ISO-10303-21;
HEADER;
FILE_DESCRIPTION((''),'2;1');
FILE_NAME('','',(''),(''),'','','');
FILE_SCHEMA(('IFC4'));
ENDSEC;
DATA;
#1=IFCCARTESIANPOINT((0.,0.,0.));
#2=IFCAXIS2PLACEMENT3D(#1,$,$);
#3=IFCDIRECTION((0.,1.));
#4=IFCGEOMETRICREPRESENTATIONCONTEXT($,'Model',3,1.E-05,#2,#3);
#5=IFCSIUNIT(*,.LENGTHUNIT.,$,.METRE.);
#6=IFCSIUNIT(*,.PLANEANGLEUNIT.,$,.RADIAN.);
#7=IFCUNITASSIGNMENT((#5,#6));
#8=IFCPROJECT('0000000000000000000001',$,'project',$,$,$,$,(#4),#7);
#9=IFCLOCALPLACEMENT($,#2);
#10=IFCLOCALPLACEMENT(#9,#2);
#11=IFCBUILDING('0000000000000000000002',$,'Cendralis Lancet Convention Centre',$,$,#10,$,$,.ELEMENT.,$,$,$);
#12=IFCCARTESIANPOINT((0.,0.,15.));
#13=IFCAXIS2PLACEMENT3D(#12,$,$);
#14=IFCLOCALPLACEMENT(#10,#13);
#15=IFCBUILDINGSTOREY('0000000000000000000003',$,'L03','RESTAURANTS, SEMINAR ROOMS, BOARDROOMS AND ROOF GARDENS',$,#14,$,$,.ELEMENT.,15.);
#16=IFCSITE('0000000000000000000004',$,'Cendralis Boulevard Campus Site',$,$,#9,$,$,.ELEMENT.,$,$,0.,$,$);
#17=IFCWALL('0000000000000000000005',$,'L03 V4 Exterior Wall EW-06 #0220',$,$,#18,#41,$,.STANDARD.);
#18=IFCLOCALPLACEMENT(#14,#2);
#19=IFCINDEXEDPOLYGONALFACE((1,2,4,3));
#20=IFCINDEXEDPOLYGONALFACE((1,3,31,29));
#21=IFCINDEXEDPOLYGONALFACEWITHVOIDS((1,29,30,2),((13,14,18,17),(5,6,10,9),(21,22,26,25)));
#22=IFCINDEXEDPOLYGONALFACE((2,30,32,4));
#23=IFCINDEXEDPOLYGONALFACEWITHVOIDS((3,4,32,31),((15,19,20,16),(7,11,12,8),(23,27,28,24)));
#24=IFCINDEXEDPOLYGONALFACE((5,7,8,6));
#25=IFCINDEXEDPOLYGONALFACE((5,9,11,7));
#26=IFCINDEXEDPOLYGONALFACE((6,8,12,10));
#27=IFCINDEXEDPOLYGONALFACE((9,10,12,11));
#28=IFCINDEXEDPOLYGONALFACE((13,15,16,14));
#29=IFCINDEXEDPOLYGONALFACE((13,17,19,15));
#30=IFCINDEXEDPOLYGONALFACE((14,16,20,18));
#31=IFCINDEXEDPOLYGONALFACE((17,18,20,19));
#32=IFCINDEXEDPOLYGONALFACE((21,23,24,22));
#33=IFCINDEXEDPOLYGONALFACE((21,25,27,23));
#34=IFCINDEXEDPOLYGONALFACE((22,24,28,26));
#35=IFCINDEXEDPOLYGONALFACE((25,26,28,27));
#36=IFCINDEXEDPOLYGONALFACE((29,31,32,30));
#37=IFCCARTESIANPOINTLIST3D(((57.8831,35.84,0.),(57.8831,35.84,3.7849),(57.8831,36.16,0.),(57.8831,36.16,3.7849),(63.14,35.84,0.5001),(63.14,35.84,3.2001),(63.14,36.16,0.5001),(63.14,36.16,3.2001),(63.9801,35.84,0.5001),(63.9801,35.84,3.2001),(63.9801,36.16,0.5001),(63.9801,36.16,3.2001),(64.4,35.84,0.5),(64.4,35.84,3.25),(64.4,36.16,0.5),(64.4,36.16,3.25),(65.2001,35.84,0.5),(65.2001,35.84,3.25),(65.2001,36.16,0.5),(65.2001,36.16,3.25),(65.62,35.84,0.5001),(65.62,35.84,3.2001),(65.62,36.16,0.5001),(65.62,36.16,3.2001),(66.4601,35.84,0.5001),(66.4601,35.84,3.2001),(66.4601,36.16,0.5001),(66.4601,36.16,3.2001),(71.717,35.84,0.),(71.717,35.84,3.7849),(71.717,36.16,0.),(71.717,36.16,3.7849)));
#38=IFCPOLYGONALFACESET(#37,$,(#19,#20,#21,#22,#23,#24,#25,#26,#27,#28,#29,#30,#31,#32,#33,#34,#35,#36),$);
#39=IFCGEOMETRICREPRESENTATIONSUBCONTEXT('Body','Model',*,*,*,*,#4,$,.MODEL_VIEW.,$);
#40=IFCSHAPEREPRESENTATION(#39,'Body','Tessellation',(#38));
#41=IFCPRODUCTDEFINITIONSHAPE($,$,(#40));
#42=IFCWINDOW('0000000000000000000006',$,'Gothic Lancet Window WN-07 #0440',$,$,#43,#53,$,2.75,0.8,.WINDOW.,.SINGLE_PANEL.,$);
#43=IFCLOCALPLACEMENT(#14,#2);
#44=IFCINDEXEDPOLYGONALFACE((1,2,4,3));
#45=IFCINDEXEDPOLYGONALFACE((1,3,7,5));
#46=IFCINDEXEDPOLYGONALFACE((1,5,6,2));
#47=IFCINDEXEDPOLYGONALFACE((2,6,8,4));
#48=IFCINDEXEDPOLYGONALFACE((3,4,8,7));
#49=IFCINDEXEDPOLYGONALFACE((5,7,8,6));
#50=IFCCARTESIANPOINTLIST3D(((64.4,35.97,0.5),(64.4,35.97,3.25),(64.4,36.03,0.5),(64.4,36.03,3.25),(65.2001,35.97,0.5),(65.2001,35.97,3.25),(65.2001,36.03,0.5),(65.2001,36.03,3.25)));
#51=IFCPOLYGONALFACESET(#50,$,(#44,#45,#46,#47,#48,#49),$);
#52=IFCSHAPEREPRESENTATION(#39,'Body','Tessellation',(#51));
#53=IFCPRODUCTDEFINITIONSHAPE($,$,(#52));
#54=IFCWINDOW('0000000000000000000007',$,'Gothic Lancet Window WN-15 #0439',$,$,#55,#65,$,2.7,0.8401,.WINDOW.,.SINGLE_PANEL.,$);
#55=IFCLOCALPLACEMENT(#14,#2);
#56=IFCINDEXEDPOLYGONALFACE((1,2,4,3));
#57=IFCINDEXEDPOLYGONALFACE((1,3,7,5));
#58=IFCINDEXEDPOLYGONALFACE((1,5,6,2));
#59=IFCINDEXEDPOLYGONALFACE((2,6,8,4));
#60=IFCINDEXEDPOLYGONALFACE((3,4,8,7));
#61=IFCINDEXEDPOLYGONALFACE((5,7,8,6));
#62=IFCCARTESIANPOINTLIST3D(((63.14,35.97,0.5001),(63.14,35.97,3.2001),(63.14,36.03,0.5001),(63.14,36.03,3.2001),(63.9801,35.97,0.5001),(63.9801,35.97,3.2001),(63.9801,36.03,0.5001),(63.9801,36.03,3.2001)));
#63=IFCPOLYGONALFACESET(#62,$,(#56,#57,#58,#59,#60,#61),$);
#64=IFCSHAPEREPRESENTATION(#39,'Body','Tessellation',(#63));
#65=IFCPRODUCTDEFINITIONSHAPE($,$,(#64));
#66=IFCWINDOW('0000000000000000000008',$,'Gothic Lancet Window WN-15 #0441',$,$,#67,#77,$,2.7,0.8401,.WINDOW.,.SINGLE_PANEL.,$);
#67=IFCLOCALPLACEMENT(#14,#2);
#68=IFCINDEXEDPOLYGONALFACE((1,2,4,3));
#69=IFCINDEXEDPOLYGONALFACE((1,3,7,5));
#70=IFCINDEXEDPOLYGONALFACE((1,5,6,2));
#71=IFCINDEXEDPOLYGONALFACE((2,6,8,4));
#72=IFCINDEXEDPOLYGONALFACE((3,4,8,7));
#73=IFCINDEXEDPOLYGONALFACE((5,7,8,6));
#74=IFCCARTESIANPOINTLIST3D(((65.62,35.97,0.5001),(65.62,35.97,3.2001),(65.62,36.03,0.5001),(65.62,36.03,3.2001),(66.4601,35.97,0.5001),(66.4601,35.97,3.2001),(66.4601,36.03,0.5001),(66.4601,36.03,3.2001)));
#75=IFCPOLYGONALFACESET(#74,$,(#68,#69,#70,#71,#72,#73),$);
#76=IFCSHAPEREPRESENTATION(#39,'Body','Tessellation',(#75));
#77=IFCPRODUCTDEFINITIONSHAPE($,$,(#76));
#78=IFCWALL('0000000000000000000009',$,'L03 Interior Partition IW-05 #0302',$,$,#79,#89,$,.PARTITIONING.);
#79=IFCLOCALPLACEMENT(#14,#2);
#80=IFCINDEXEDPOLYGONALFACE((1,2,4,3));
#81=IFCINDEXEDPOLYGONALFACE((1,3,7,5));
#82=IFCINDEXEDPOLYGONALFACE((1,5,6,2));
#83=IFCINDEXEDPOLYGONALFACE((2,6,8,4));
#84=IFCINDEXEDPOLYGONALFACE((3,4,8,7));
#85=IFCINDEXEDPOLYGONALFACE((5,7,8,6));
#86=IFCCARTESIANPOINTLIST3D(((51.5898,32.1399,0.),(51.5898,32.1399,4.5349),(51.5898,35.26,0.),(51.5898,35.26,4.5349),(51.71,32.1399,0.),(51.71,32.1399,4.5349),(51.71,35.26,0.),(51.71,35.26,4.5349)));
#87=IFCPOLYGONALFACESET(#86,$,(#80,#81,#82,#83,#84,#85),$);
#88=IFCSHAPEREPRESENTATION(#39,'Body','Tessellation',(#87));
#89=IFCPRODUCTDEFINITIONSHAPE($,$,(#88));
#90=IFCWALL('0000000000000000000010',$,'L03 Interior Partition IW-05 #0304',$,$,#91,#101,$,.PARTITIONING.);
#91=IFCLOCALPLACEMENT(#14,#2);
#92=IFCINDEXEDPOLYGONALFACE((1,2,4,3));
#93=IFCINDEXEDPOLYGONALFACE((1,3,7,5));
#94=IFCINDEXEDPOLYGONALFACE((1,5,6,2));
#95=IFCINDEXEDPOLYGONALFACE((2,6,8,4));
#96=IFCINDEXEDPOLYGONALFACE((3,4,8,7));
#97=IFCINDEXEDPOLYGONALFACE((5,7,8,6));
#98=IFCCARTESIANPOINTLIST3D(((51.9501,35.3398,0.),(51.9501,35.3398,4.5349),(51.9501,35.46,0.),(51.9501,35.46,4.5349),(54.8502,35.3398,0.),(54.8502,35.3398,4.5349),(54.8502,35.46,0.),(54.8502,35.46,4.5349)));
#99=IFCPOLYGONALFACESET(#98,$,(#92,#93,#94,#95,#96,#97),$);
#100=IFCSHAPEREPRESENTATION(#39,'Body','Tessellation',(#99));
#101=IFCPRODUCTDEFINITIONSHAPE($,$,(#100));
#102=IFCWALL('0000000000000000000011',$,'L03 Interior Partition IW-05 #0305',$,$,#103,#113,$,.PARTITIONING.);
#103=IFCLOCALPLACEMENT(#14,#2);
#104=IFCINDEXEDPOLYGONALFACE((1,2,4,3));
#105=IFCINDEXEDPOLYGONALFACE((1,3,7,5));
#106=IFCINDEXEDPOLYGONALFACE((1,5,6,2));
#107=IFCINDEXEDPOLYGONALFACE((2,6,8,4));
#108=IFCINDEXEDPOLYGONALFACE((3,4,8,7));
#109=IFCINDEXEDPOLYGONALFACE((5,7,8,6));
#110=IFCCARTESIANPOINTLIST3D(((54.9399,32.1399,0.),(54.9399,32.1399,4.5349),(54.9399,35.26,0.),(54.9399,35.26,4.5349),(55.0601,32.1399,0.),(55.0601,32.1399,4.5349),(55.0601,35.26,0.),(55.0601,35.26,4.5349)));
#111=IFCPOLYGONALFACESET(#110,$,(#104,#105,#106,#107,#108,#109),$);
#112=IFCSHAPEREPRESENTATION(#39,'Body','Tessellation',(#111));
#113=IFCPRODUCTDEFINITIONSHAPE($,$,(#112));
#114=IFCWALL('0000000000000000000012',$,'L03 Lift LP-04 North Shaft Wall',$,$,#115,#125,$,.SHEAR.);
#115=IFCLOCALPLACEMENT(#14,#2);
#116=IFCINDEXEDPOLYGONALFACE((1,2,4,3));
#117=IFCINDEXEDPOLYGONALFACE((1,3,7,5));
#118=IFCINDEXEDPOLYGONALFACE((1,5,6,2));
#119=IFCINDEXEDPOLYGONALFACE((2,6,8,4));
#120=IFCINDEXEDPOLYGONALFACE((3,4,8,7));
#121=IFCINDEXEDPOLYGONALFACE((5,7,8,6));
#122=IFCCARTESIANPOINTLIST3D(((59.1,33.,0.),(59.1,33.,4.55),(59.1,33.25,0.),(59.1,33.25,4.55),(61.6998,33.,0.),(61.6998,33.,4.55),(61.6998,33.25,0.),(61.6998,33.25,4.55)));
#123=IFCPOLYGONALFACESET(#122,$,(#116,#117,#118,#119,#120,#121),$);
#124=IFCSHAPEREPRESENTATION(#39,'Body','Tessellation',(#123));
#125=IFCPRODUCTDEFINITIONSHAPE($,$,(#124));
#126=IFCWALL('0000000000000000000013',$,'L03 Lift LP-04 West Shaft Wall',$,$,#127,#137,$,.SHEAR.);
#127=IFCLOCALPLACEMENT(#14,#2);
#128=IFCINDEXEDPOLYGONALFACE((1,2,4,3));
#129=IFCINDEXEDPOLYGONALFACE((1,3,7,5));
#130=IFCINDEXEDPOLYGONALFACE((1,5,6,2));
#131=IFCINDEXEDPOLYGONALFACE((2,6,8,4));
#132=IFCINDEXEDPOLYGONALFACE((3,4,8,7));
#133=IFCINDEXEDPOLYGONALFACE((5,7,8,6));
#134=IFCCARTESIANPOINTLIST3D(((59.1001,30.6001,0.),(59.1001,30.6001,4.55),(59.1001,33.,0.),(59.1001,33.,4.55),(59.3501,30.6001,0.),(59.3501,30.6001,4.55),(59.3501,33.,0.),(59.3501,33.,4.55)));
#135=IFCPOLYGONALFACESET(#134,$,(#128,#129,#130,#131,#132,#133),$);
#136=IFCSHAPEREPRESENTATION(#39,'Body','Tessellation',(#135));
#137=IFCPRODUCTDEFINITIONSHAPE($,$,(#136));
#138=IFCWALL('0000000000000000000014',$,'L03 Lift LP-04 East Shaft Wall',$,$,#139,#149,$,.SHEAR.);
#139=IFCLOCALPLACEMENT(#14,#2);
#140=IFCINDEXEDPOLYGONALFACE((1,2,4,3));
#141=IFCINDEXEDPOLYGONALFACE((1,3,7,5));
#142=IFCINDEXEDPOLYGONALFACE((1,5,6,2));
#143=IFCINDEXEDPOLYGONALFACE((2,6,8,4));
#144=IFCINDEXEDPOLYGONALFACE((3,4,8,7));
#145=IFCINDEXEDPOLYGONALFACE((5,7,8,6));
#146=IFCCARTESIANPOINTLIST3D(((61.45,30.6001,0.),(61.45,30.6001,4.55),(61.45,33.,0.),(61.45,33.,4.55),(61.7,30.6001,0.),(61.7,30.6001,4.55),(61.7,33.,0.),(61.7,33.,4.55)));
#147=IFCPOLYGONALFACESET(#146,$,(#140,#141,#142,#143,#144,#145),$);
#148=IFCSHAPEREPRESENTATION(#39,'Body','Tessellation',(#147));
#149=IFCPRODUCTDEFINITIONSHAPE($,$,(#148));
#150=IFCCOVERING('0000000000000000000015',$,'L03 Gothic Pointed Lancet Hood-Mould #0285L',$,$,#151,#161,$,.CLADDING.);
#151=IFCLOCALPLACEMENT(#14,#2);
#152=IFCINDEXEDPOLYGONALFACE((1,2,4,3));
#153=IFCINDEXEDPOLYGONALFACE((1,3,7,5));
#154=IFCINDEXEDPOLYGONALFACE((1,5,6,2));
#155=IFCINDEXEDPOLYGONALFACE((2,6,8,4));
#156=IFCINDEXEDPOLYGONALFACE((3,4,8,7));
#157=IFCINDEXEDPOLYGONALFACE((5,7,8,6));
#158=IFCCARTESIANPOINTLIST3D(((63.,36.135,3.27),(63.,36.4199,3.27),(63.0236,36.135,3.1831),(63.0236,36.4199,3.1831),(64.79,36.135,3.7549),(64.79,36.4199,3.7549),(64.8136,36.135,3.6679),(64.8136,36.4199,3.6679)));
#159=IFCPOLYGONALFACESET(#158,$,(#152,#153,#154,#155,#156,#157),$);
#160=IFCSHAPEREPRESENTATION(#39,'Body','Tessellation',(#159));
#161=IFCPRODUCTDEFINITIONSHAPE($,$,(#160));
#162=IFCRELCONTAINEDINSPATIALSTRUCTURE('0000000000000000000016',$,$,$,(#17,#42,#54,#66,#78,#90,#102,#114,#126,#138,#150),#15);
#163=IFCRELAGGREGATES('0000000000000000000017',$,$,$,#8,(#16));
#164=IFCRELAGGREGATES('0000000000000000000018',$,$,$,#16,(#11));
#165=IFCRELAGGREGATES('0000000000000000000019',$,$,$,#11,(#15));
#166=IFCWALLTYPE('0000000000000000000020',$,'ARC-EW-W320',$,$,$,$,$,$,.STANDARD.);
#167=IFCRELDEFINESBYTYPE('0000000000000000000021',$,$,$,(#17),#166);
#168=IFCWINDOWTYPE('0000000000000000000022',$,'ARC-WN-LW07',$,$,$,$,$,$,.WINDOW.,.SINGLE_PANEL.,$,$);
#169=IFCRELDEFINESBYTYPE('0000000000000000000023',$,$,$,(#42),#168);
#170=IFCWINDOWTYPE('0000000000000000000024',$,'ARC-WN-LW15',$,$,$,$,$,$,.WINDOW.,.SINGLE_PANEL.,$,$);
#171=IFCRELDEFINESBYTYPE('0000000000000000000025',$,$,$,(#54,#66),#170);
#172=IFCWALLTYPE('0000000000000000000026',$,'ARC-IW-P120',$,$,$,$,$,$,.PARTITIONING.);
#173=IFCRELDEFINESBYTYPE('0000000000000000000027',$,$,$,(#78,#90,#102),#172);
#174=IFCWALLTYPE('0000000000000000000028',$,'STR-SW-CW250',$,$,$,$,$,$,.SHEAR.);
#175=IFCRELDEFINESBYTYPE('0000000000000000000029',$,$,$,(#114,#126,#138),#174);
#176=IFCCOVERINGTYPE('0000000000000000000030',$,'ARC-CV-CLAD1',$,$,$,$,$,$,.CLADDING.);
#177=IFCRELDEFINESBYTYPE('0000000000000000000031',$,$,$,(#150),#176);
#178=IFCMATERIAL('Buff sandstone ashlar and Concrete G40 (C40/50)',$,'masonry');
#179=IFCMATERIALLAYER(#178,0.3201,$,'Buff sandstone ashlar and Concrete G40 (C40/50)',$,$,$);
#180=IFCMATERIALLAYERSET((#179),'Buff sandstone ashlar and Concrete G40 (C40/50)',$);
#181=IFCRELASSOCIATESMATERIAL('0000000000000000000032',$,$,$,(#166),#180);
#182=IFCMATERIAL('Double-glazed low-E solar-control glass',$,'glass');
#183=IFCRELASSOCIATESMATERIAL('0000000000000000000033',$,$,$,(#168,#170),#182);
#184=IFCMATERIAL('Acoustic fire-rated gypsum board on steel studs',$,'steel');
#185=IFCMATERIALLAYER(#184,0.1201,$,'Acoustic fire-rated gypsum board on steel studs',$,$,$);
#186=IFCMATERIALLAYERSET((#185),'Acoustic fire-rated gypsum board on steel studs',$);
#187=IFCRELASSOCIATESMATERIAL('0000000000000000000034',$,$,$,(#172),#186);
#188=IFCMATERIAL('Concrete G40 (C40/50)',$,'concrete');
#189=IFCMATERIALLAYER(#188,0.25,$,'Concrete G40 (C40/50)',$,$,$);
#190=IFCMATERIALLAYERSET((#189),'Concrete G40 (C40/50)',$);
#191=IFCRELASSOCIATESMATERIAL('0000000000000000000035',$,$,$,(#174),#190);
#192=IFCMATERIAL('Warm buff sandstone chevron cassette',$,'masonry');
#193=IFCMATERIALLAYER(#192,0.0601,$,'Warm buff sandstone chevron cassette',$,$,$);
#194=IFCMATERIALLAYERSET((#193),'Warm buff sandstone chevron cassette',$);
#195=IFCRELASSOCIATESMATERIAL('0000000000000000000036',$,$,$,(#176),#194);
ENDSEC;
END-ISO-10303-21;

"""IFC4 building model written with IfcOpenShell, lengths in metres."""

from ifc_helpers import new_model, si_unit, direction, frame, frame_2d, origin, place, context, subcontext, project, spatial, polyline, rectangle, outline, extrude, material, layer, layer_set, type_object, element, fill, save


model = new_model("IFC4")

# Units and contexts
model_context = context("Model", 3, precision=1e-05, world=origin(), true_north=direction((0.0, 1.0)))
body_context = subcontext(model_context, "Body", "Model", "MODEL_VIEW")
ifc_project = project(units=[si_unit("LENGTHUNIT", "METRE"), si_unit("PLANEANGLEUNIT", "RADIAN")], contexts=[model_context])

# Site, building, storey
site_placement = place(None, origin())
site = spatial("IfcSite", under=ifc_project, at=site_placement, Name="Cendralis Boulevard Campus Site", CompositionType="ELEMENT", RefElevation=0.0)
building_placement = place(site_placement, origin())
building = spatial("IfcBuilding", under=site, at=building_placement, Name="Cendralis Lancet Convention Centre", CompositionType="ELEMENT")
storey_placement = place(building_placement, frame((0.0, 0.0, 15.0)))
storey = spatial("IfcBuildingStorey", under=building, at=storey_placement, Name="L03", Description="RESTAURANTS, SEMINAR ROOMS, BOARDROOMS AND ROOF GARDENS", CompositionType="ELEMENT", Elevation=15.0)

# Shared definitions
ifc_material_1 = material(Name="Concrete G40 (C40/50)", Category="concrete")

# Shared definitions
ifc_material_2 = material(Name="Double-glazed low-E solar-control glass", Category="glass")

# Wall, openings, windows
ifc_material_3 = material(Name="Buff sandstone ashlar and Concrete G40 (C40/50)", Category="masonry")
ifc_layer_1 = layer(ifc_material_3, 0.3201, Name="Buff sandstone ashlar and Concrete G40 (C40/50)")
ifc_layer_set_1 = layer_set([ifc_layer_1], Name="Buff sandstone ashlar and Concrete G40 (C40/50)")
wall_type_1 = type_object("IfcWallType", Name="ARC-EW-W320", PredefinedType="STANDARD", material=ifc_layer_set_1)
wall_1_placement = place(storey_placement, frame((57.8831, 36.0, 0.0), z_axis=(0.0, 0.0, 1.0), x_axis=(1.0, 0.0, 0.0)))
wall_1 = element("IfcWall", 1, at=wall_1_placement, inside=storey, type_object=wall_type_1, Name="L03 V4 Exterior Wall EW-06 #0220", PredefinedType="STANDARD", context=body_context, shape_type="SweptSolid", body=[
    extrude(rectangle(XDim=13.834, YDim=0.3201, at=frame_2d((6.917, 0.0))), origin(), (0.0, 0.0, 1.0), 3.7849),
])
opening_1_placement = place(wall_1_placement, frame((5.2571, 0.0, 0.5)))
opening_1 = element("IfcOpeningElement", 2, at=opening_1_placement, cuts=wall_1, PredefinedType="OPENING", context=body_context, shape_type="SweptSolid", body=[
    extrude(rectangle(XDim=0.8401, YDim=2.7, at=frame_2d((0.4199, 1.3501))), frame((0.0, 0.1699, 0.0), z_axis=(0.0, -1.0, 0.0), x_axis=(1.0, 0.0, 0.0)), (0.0, 0.0, 1.0), 0.3401),
])
opening_2_placement = place(wall_1_placement, frame((6.5171, 0.0, 0.5)))
opening_2 = element("IfcOpeningElement", 3, at=opening_2_placement, cuts=wall_1, PredefinedType="OPENING", context=body_context, shape_type="SweptSolid", body=[
    extrude(rectangle(XDim=0.8, YDim=2.75, at=frame_2d((0.3999, 1.375))), frame((0.0, 0.1699, 0.0), z_axis=(0.0, -1.0, 0.0), x_axis=(1.0, 0.0, 0.0)), (0.0, 0.0, 1.0), 0.3401),
])
opening_3_placement = place(wall_1_placement, frame((7.7371, 0.0, 0.5)))
opening_3 = element("IfcOpeningElement", 4, at=opening_3_placement, cuts=wall_1, PredefinedType="OPENING", context=body_context, shape_type="SweptSolid", body=[
    extrude(rectangle(XDim=0.8401, YDim=2.7, at=frame_2d((0.4199, 1.3501))), frame((0.0, 0.1699, 0.0), z_axis=(0.0, -1.0, 0.0), x_axis=(1.0, 0.0, 0.0)), (0.0, 0.0, 1.0), 0.3401),
])
window_type_1 = type_object("IfcWindowType", Name="ARC-WN-LW07", PartitioningType="SINGLE_PANEL", PredefinedType="WINDOW", material=ifc_material_2)
window_1_placement = place(opening_2_placement, origin())
window_1 = element("IfcWindow", 5, at=window_1_placement, inside=storey, type_object=window_type_1, Name="Gothic Lancet Window WN-07 #0440", OverallHeight=2.75, OverallWidth=0.8, PartitioningType="SINGLE_PANEL", PredefinedType="WINDOW", context=body_context, shape_type="SweptSolid", body=[
    extrude(rectangle(XDim=0.8, YDim=2.75, at=frame_2d((0.3999, 1.375))), frame((0.0, 0.03, 0.0), z_axis=(0.0, -1.0, 0.0), x_axis=(1.0, 0.0, 0.0)), (0.0, 0.0, 1.0), 0.0601),
])
fill(opening_2, window_1)
window_type_2 = type_object("IfcWindowType", Name="ARC-WN-LW15", PartitioningType="SINGLE_PANEL", PredefinedType="WINDOW", material=ifc_material_2)
window_2_placement = place(opening_1_placement, origin())
window_2 = element("IfcWindow", 6, at=window_2_placement, inside=storey, type_object=window_type_2, Name="Gothic Lancet Window WN-15 #0439", OverallHeight=2.7, OverallWidth=0.8401, PartitioningType="SINGLE_PANEL", PredefinedType="WINDOW", context=body_context, shape_type="SweptSolid", body=[
    extrude(rectangle(XDim=0.8401, YDim=2.7, at=frame_2d((0.4199, 1.3501))), frame((0.0, 0.03, 0.0), z_axis=(0.0, -1.0, 0.0), x_axis=(1.0, 0.0, 0.0)), (0.0, 0.0, 1.0), 0.0601),
])
fill(opening_1, window_2)
window_3_placement = place(opening_3_placement, origin())
window_3 = element("IfcWindow", 7, at=window_3_placement, inside=storey, type_object=window_type_2, Name="Gothic Lancet Window WN-15 #0441", OverallHeight=2.7, OverallWidth=0.8401, PartitioningType="SINGLE_PANEL", PredefinedType="WINDOW", context=body_context, shape_type="SweptSolid", body=[
    extrude(rectangle(XDim=0.8401, YDim=2.7, at=frame_2d((0.4199, 1.3501))), frame((0.0, 0.03, 0.0), z_axis=(0.0, -1.0, 0.0), x_axis=(1.0, 0.0, 0.0)), (0.0, 0.0, 1.0), 0.0601),
])
fill(opening_3, window_3)

# Wall
ifc_material_4 = material(Name="Acoustic fire-rated gypsum board on steel studs", Category="steel")
ifc_layer_2 = layer(ifc_material_4, 0.1201, Name="Acoustic fire-rated gypsum board on steel studs")
ifc_layer_set_2 = layer_set([ifc_layer_2], Name="Acoustic fire-rated gypsum board on steel studs")
wall_type_2 = type_object("IfcWallType", Name="ARC-IW-P120", PredefinedType="PARTITIONING", material=ifc_layer_set_2)
wall_2_placement = place(storey_placement, frame((51.6499, 32.1399, 0.0), z_axis=(0.0, 0.0, 1.0), x_axis=(0.0, 1.0, 0.0)))
element("IfcWall", 8, at=wall_2_placement, inside=storey, type_object=wall_type_2, Name="L03 Interior Partition IW-05 #0302", PredefinedType="PARTITIONING", context=body_context, shape_type="SweptSolid", body=[
    extrude(rectangle(XDim=3.1201, YDim=0.1201, at=frame_2d((1.5601, 0.0))), origin(), (0.0, 0.0, 1.0), 4.5349),
])

# Walls
wall_3_placement = place(storey_placement, frame((51.95, 35.3999, 0.0), z_axis=(0.0, 0.0, 1.0), x_axis=(1.0, 0.0, 0.0)))
element("IfcWall", 9, at=wall_3_placement, inside=storey, type_object=wall_type_2, Name="L03 Interior Partition IW-05 #0304", PredefinedType="PARTITIONING", context=body_context, shape_type="SweptSolid", body=[
    extrude(rectangle(XDim=2.9001, YDim=0.1201, at=frame_2d((1.4502, 0.0))), origin(), (0.0, 0.0, 1.0), 4.5349),
])
wall_4_placement = place(storey_placement, frame((55.0, 32.1399, 0.0), z_axis=(0.0, 0.0, 1.0), x_axis=(0.0, 1.0, 0.0)))
element("IfcWall", 10, at=wall_4_placement, inside=storey, type_object=wall_type_2, Name="L03 Interior Partition IW-05 #0305", PredefinedType="PARTITIONING", context=body_context, shape_type="SweptSolid", body=[
    extrude(rectangle(XDim=3.1201, YDim=0.1201, at=frame_2d((1.5601, 0.0))), origin(), (0.0, 0.0, 1.0), 4.5349),
])
ifc_layer_3 = layer(ifc_material_1, 0.25, Name="Concrete G40 (C40/50)")
ifc_layer_set_3 = layer_set([ifc_layer_3], Name="Concrete G40 (C40/50)")
wall_type_3 = type_object("IfcWallType", Name="STR-SW-CW250", PredefinedType="SHEAR", material=ifc_layer_set_3)
wall_5_placement = place(storey_placement, frame((59.1001, 33.125, 0.0), z_axis=(0.0, 0.0, 1.0), x_axis=(1.0, 0.0, 0.0)))
element("IfcWall", 11, at=wall_5_placement, inside=storey, type_object=wall_type_3, Name="L03 Lift LP-04 North Shaft Wall", PredefinedType="SHEAR", context=body_context, shape_type="SweptSolid", body=[
    extrude(rectangle(XDim=2.5999, YDim=0.25, at=frame_2d((1.2998, 0.0))), origin(), (0.0, 0.0, 1.0), 4.55),
])
for number, where, z_axis, x_axis, name in (
    (12, (59.2251, 30.6001, 0.0), (0.0, 0.0, 1.0), (0.0, 1.0, 0.0), "L03 Lift LP-04 West Shaft Wall"),
    (13, (61.575, 30.6001, 0.0), (0.0, 0.0, 1.0), (0.0, 1.0, 0.0), "L03 Lift LP-04 East Shaft Wall"),
):
    element("IfcWall", number, at=place(storey_placement, frame(where, z_axis=z_axis, x_axis=x_axis)), inside=storey, type_object=wall_type_3, Name=name, PredefinedType="SHEAR", context=body_context, shape_type="SweptSolid", body=[
        extrude(rectangle(XDim=2.3999, YDim=0.25, at=frame_2d((1.2, 0.0))), origin(), (0.0, 0.0, 1.0), 4.55),
    ])

# Covering
ifc_material_5 = material(Name="Warm buff sandstone chevron cassette", Category="masonry")
ifc_layer_4 = layer(ifc_material_5, 0.0601, Name="Warm buff sandstone chevron cassette")
ifc_layer_set_4 = layer_set([ifc_layer_4], Name="Warm buff sandstone chevron cassette")
covering_type = type_object("IfcCoveringType", Name="ARC-CV-CLAD1", PredefinedType="CLADDING", material=ifc_layer_set_4)
covering_placement = place(storey_placement, frame((63.0, 36.4199, 3.27), z_axis=(-0.261446, 0.0, 0.965218), x_axis=(0.0, -1.0, 0.0)))
element("IfcCovering", 14, at=covering_placement, inside=storey, type_object=covering_type, Name="L03 Gothic Pointed Lancet Hood-Mould #0285L", PredefinedType="CLADDING", context=body_context, shape_type="SweptSolid", body=[
    extrude(outline(polyline([(0.0, 0.0), (0.2849, 0.0), (0.2849, 1.8545), (0.0, 1.8545), (0.0, 0.0)])), origin(), (0.0, 0.0, -1.0), 0.0901),
])

save(model, "model.ifc")
